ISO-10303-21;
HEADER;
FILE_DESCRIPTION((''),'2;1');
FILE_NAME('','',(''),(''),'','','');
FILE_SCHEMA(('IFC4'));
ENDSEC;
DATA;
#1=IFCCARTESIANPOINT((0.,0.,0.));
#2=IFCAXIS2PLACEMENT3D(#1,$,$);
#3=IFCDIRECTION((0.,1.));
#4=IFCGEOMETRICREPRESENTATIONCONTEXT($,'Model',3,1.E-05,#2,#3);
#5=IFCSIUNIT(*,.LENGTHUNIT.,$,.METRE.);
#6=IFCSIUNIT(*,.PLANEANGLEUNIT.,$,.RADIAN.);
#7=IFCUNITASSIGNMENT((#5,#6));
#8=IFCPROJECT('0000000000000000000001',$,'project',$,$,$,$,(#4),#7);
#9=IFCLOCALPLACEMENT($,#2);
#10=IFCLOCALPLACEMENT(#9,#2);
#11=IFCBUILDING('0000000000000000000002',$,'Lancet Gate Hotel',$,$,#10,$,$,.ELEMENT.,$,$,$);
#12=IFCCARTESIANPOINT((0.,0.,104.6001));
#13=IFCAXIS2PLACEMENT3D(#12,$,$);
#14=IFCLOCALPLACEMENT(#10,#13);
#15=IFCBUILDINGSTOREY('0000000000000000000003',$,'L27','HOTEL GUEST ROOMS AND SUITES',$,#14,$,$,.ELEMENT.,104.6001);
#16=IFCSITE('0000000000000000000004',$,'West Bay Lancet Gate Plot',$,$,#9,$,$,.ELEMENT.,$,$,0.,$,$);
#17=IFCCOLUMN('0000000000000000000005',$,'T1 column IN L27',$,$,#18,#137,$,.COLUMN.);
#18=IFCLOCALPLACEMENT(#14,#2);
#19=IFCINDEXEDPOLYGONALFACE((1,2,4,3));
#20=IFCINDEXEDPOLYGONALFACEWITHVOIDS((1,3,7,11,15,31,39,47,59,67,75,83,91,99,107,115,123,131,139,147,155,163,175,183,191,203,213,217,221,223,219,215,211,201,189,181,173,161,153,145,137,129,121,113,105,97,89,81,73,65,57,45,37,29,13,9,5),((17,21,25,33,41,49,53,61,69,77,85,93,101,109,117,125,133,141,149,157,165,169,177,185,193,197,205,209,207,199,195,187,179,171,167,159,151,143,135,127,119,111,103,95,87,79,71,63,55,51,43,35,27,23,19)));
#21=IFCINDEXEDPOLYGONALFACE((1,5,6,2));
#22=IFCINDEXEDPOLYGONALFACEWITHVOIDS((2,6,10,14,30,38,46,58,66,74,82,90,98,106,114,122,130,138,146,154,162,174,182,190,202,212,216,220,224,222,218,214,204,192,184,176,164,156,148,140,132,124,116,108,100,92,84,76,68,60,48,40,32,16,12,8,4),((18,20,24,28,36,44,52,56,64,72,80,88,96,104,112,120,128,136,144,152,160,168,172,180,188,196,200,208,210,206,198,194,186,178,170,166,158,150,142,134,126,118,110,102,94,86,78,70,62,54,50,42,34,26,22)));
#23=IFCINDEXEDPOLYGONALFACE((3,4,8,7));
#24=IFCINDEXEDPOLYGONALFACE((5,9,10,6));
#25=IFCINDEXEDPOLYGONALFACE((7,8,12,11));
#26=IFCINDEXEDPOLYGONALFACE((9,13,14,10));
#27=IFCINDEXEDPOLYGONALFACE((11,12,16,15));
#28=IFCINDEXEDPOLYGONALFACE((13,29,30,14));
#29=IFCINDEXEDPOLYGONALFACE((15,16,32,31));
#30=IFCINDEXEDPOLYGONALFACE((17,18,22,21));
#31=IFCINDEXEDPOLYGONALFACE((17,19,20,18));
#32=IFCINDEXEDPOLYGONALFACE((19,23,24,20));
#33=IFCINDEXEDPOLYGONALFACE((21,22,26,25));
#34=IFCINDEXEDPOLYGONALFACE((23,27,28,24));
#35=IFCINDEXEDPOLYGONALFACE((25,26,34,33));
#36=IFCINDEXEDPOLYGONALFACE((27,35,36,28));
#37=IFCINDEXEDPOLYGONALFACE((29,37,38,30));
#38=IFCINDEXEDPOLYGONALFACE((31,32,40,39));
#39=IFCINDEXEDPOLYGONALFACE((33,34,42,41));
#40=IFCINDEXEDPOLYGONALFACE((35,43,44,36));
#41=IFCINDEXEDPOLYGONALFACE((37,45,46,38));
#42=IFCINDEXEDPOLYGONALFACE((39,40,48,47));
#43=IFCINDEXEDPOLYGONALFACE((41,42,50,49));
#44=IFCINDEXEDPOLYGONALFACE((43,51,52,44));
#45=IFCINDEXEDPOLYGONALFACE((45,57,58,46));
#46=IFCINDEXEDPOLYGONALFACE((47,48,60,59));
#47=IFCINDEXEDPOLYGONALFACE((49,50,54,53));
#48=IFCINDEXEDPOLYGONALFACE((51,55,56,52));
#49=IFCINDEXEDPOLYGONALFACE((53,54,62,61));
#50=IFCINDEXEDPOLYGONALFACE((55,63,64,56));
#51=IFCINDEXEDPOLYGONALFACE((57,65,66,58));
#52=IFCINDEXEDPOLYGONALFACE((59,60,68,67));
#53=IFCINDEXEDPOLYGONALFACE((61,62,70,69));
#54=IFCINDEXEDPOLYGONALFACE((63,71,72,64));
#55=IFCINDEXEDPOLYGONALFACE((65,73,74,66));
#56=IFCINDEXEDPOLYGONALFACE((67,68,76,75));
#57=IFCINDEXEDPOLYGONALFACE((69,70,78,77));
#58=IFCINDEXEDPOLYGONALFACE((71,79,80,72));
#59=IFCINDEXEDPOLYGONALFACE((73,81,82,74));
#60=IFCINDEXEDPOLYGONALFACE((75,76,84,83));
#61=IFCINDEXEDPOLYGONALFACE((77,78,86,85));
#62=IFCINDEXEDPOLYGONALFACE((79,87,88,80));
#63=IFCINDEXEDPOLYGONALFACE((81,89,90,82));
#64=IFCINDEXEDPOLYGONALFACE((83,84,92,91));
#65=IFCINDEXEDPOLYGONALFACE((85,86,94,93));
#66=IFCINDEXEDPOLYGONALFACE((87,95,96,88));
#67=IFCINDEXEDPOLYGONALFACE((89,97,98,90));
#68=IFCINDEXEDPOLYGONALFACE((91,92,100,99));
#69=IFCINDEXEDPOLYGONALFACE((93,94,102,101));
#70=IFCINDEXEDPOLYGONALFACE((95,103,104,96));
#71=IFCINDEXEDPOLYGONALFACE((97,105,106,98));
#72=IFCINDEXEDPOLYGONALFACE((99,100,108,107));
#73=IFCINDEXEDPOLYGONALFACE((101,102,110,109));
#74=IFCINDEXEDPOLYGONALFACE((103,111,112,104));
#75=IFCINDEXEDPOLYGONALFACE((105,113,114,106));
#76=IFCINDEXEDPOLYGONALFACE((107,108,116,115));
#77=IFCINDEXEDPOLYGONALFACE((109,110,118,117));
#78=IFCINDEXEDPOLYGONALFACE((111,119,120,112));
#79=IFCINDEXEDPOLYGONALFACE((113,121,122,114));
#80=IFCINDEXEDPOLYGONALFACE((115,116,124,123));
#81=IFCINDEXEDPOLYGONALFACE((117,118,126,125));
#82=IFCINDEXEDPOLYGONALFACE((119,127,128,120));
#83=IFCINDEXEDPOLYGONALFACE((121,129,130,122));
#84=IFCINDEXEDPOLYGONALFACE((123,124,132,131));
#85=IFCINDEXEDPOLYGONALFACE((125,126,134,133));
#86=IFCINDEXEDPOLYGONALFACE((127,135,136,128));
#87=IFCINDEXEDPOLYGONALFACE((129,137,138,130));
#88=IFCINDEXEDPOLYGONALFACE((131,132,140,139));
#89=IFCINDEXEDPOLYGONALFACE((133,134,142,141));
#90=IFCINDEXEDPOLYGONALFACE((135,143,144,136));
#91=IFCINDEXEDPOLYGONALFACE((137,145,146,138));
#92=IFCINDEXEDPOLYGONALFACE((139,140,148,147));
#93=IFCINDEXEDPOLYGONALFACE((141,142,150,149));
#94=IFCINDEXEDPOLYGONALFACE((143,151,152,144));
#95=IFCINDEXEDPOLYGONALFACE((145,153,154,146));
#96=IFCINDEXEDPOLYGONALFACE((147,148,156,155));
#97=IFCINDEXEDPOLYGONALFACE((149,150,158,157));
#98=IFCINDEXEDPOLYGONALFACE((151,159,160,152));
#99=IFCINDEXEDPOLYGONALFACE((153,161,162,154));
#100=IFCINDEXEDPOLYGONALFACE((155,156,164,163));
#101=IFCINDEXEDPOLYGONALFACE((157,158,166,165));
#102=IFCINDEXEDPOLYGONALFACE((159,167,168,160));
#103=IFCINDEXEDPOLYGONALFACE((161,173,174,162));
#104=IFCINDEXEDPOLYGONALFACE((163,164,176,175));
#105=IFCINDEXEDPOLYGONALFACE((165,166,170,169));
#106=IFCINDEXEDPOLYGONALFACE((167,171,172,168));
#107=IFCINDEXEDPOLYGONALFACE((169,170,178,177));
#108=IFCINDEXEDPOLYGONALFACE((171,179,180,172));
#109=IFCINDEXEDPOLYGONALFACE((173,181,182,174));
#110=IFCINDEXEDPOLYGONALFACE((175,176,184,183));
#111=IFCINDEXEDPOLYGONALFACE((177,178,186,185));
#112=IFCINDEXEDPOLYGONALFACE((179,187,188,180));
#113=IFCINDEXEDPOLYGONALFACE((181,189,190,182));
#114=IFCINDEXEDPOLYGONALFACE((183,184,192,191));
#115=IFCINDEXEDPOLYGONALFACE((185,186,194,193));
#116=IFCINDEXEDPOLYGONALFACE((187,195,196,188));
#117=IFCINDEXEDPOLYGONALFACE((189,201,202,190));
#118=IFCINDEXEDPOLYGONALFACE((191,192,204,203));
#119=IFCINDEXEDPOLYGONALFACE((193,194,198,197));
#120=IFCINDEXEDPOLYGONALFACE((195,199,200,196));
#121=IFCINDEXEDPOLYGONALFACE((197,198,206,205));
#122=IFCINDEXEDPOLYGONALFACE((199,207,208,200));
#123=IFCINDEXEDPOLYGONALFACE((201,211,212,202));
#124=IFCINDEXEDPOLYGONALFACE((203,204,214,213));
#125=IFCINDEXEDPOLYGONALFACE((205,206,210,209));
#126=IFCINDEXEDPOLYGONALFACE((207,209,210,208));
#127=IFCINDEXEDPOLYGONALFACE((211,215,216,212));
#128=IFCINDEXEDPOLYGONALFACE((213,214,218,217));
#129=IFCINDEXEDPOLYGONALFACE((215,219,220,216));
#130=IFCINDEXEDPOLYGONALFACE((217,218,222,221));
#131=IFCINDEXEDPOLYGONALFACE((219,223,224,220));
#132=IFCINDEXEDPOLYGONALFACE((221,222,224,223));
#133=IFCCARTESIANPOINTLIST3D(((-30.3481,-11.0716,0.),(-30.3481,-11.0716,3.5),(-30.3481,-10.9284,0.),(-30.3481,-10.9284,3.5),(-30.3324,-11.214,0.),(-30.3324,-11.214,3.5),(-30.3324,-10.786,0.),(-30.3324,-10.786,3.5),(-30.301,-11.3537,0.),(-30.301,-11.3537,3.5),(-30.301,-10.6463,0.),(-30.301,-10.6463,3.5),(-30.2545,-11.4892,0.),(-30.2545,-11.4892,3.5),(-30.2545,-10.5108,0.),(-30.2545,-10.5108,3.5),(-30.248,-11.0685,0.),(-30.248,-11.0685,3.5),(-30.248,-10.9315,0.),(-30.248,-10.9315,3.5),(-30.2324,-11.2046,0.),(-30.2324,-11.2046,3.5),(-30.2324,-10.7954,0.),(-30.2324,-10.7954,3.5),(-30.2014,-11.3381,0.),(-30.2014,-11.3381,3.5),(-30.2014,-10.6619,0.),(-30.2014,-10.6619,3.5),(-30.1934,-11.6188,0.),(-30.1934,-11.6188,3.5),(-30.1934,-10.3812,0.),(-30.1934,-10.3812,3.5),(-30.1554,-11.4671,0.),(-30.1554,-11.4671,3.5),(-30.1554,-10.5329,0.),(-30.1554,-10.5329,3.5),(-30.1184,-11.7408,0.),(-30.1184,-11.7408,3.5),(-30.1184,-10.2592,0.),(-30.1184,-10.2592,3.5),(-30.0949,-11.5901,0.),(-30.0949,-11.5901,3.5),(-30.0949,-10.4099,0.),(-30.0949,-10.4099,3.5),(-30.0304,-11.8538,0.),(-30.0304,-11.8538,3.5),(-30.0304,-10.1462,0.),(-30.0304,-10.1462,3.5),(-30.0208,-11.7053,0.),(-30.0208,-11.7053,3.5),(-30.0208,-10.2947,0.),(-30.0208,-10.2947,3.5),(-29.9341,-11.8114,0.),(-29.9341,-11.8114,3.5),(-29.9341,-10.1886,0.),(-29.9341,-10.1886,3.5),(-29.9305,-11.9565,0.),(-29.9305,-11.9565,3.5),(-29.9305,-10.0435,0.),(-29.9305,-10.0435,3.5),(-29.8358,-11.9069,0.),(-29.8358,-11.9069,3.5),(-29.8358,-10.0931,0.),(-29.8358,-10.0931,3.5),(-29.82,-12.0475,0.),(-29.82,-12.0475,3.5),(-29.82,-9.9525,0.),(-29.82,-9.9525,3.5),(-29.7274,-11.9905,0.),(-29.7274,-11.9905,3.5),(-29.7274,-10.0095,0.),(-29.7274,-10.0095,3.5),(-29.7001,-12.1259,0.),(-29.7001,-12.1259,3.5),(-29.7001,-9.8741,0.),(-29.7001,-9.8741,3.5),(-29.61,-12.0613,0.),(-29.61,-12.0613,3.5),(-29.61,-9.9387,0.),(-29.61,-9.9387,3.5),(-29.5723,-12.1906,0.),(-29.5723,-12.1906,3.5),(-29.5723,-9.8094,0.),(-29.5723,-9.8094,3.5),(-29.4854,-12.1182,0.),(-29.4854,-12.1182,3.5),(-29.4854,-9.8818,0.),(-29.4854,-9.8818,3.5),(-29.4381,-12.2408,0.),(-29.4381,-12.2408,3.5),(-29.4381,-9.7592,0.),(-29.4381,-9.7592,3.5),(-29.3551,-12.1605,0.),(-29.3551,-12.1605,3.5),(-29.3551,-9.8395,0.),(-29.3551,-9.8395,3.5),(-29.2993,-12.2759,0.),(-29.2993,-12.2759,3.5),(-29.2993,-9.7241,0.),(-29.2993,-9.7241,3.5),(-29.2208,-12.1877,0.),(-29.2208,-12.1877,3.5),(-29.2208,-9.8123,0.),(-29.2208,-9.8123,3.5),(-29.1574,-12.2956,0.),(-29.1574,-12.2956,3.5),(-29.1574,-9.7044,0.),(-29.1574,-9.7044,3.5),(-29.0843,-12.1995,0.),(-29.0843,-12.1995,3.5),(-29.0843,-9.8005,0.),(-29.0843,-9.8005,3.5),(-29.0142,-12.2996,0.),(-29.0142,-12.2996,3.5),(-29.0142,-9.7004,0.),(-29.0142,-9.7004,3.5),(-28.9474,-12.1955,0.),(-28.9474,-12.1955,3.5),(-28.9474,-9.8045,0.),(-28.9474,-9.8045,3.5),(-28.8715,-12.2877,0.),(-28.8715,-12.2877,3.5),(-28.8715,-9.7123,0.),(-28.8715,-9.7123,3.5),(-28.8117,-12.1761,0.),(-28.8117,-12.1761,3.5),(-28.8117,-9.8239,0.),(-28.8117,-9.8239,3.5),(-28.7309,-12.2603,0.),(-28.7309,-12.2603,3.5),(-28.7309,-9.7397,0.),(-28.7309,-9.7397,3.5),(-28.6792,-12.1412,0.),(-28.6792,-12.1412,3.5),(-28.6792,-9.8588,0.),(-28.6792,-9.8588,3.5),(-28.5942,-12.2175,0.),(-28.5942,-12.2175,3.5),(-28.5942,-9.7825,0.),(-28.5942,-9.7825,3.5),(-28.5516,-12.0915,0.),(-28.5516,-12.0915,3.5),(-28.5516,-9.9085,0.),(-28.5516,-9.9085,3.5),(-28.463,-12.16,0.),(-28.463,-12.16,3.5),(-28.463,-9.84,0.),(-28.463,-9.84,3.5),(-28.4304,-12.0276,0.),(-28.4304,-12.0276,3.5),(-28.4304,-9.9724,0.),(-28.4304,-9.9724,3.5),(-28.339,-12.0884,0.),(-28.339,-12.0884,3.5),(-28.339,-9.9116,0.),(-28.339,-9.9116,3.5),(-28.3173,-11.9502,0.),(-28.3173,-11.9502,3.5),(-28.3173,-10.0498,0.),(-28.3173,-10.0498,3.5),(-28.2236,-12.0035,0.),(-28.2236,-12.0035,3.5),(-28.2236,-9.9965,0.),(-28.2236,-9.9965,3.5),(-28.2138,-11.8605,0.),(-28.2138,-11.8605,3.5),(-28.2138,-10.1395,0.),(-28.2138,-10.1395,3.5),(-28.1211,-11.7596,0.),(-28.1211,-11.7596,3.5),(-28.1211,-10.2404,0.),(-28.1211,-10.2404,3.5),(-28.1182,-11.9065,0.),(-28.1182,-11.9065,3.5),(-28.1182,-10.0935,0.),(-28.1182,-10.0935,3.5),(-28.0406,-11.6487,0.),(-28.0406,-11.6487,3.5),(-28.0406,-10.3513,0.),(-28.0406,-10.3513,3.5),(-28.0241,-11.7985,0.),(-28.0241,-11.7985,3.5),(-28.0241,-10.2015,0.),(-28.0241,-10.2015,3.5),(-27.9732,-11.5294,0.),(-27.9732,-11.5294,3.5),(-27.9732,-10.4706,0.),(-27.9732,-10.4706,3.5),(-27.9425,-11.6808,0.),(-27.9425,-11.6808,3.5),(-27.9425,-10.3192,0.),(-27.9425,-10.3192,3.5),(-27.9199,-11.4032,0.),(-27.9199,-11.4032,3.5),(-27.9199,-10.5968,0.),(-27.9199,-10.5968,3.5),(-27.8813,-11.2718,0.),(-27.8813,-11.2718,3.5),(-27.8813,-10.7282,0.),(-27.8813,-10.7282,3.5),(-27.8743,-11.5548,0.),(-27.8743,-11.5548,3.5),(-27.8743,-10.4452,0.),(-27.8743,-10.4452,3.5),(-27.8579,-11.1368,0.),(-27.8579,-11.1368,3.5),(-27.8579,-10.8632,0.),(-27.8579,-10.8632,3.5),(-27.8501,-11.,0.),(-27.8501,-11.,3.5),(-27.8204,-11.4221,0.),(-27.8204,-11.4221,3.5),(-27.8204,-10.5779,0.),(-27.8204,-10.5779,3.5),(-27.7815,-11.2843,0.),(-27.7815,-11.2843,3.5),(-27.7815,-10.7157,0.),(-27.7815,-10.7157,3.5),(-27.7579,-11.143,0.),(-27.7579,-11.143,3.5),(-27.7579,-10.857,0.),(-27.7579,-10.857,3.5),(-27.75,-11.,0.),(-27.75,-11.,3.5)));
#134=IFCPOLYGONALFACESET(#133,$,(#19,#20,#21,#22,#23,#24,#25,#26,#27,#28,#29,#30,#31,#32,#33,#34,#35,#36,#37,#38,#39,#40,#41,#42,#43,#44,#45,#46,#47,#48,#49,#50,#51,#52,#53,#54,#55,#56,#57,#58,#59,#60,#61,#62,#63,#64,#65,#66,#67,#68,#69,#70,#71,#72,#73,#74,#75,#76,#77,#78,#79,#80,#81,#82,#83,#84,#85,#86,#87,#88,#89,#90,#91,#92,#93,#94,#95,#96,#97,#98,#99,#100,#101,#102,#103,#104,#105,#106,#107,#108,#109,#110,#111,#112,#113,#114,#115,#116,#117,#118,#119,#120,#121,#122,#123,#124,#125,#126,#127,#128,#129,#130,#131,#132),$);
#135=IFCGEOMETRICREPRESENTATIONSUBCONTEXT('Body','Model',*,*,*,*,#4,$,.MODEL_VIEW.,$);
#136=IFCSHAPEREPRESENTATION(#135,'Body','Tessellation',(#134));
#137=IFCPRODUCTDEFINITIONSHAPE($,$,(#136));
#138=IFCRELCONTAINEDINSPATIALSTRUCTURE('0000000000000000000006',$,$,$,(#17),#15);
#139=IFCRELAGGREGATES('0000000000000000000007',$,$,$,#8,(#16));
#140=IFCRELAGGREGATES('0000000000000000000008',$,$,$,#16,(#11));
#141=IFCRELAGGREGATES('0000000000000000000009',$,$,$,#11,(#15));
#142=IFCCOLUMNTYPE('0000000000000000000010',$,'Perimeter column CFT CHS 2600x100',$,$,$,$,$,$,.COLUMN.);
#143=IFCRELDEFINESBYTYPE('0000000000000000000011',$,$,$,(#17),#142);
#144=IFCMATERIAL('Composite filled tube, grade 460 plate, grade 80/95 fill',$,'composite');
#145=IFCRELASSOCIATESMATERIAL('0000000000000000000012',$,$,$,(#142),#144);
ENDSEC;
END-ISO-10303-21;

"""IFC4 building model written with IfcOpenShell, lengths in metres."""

from ifc_helpers import new_model, si_unit, direction, frame, origin, origin_2d, place, context, subcontext, project, spatial, hollow_circle, extrude, material, material_profile, profile_set, type_object, element, save


model = new_model("IFC4")

# Units and contexts
model_context = context("Model", 3, precision=1e-05, world=origin(), true_north=direction((0.0, 1.0)))
body_context = subcontext(model_context, "Body", "Model", "MODEL_VIEW")
ifc_project = project(units=[si_unit("LENGTHUNIT", "METRE"), si_unit("PLANEANGLEUNIT", "RADIAN")], contexts=[model_context])

# Site, building, storey
site_placement = place(None, origin())
site = spatial("IfcSite", under=ifc_project, at=site_placement, Name="West Bay Lancet Gate Plot", CompositionType="ELEMENT", RefElevation=0.0)
building_placement = place(site_placement, origin())
building = spatial("IfcBuilding", under=site, at=building_placement, Name="Lancet Gate Hotel", CompositionType="ELEMENT")
storey_placement = place(building_placement, frame((0.0, 0.0, 104.6001)))
storey = spatial("IfcBuildingStorey", under=building, at=storey_placement, Name="L27", Description="HOTEL GUEST ROOMS AND SUITES", CompositionType="ELEMENT", Elevation=104.6001)

# Column
ifc_material_1 = material(Name="Composite filled tube, grade 460 plate, grade 80/95 fill", Category="composite")
ifc_material_profile_1 = material_profile(ifc_material_1, hollow_circle(Radius=1.3, WallThickness=0.1001, at=origin_2d()), Name="CHS 2600x100")
ifc_profile_set_1 = profile_set([ifc_material_profile_1], Name="Composite filled tube, grade 460 plate, grade 80/95 fill")
column_type = type_object("IfcColumnType", Name="Perimeter column CFT CHS 2600x100", PredefinedType="COLUMN", material=ifc_profile_set_1)
for number, where, z_axis, x_axis, name in (
    (1, (-29.05, -11.0, 0.0), (0.0, 0.0, 1.0), (1.0, 0.0, 0.0), "T1 column IN L27"),
):
    element("IfcColumn", number, at=place(storey_placement, frame(where, z_axis=z_axis, x_axis=x_axis)), inside=storey, type_object=column_type, Name=name, PredefinedType="COLUMN", context=body_context, shape_type="SweptSolid", body=[
        extrude(hollow_circle(Radius=1.3, WallThickness=0.1001, at=origin_2d()), origin(), (0.0, 0.0, 1.0), 3.5),
    ])

save(model, "model.ifc")
